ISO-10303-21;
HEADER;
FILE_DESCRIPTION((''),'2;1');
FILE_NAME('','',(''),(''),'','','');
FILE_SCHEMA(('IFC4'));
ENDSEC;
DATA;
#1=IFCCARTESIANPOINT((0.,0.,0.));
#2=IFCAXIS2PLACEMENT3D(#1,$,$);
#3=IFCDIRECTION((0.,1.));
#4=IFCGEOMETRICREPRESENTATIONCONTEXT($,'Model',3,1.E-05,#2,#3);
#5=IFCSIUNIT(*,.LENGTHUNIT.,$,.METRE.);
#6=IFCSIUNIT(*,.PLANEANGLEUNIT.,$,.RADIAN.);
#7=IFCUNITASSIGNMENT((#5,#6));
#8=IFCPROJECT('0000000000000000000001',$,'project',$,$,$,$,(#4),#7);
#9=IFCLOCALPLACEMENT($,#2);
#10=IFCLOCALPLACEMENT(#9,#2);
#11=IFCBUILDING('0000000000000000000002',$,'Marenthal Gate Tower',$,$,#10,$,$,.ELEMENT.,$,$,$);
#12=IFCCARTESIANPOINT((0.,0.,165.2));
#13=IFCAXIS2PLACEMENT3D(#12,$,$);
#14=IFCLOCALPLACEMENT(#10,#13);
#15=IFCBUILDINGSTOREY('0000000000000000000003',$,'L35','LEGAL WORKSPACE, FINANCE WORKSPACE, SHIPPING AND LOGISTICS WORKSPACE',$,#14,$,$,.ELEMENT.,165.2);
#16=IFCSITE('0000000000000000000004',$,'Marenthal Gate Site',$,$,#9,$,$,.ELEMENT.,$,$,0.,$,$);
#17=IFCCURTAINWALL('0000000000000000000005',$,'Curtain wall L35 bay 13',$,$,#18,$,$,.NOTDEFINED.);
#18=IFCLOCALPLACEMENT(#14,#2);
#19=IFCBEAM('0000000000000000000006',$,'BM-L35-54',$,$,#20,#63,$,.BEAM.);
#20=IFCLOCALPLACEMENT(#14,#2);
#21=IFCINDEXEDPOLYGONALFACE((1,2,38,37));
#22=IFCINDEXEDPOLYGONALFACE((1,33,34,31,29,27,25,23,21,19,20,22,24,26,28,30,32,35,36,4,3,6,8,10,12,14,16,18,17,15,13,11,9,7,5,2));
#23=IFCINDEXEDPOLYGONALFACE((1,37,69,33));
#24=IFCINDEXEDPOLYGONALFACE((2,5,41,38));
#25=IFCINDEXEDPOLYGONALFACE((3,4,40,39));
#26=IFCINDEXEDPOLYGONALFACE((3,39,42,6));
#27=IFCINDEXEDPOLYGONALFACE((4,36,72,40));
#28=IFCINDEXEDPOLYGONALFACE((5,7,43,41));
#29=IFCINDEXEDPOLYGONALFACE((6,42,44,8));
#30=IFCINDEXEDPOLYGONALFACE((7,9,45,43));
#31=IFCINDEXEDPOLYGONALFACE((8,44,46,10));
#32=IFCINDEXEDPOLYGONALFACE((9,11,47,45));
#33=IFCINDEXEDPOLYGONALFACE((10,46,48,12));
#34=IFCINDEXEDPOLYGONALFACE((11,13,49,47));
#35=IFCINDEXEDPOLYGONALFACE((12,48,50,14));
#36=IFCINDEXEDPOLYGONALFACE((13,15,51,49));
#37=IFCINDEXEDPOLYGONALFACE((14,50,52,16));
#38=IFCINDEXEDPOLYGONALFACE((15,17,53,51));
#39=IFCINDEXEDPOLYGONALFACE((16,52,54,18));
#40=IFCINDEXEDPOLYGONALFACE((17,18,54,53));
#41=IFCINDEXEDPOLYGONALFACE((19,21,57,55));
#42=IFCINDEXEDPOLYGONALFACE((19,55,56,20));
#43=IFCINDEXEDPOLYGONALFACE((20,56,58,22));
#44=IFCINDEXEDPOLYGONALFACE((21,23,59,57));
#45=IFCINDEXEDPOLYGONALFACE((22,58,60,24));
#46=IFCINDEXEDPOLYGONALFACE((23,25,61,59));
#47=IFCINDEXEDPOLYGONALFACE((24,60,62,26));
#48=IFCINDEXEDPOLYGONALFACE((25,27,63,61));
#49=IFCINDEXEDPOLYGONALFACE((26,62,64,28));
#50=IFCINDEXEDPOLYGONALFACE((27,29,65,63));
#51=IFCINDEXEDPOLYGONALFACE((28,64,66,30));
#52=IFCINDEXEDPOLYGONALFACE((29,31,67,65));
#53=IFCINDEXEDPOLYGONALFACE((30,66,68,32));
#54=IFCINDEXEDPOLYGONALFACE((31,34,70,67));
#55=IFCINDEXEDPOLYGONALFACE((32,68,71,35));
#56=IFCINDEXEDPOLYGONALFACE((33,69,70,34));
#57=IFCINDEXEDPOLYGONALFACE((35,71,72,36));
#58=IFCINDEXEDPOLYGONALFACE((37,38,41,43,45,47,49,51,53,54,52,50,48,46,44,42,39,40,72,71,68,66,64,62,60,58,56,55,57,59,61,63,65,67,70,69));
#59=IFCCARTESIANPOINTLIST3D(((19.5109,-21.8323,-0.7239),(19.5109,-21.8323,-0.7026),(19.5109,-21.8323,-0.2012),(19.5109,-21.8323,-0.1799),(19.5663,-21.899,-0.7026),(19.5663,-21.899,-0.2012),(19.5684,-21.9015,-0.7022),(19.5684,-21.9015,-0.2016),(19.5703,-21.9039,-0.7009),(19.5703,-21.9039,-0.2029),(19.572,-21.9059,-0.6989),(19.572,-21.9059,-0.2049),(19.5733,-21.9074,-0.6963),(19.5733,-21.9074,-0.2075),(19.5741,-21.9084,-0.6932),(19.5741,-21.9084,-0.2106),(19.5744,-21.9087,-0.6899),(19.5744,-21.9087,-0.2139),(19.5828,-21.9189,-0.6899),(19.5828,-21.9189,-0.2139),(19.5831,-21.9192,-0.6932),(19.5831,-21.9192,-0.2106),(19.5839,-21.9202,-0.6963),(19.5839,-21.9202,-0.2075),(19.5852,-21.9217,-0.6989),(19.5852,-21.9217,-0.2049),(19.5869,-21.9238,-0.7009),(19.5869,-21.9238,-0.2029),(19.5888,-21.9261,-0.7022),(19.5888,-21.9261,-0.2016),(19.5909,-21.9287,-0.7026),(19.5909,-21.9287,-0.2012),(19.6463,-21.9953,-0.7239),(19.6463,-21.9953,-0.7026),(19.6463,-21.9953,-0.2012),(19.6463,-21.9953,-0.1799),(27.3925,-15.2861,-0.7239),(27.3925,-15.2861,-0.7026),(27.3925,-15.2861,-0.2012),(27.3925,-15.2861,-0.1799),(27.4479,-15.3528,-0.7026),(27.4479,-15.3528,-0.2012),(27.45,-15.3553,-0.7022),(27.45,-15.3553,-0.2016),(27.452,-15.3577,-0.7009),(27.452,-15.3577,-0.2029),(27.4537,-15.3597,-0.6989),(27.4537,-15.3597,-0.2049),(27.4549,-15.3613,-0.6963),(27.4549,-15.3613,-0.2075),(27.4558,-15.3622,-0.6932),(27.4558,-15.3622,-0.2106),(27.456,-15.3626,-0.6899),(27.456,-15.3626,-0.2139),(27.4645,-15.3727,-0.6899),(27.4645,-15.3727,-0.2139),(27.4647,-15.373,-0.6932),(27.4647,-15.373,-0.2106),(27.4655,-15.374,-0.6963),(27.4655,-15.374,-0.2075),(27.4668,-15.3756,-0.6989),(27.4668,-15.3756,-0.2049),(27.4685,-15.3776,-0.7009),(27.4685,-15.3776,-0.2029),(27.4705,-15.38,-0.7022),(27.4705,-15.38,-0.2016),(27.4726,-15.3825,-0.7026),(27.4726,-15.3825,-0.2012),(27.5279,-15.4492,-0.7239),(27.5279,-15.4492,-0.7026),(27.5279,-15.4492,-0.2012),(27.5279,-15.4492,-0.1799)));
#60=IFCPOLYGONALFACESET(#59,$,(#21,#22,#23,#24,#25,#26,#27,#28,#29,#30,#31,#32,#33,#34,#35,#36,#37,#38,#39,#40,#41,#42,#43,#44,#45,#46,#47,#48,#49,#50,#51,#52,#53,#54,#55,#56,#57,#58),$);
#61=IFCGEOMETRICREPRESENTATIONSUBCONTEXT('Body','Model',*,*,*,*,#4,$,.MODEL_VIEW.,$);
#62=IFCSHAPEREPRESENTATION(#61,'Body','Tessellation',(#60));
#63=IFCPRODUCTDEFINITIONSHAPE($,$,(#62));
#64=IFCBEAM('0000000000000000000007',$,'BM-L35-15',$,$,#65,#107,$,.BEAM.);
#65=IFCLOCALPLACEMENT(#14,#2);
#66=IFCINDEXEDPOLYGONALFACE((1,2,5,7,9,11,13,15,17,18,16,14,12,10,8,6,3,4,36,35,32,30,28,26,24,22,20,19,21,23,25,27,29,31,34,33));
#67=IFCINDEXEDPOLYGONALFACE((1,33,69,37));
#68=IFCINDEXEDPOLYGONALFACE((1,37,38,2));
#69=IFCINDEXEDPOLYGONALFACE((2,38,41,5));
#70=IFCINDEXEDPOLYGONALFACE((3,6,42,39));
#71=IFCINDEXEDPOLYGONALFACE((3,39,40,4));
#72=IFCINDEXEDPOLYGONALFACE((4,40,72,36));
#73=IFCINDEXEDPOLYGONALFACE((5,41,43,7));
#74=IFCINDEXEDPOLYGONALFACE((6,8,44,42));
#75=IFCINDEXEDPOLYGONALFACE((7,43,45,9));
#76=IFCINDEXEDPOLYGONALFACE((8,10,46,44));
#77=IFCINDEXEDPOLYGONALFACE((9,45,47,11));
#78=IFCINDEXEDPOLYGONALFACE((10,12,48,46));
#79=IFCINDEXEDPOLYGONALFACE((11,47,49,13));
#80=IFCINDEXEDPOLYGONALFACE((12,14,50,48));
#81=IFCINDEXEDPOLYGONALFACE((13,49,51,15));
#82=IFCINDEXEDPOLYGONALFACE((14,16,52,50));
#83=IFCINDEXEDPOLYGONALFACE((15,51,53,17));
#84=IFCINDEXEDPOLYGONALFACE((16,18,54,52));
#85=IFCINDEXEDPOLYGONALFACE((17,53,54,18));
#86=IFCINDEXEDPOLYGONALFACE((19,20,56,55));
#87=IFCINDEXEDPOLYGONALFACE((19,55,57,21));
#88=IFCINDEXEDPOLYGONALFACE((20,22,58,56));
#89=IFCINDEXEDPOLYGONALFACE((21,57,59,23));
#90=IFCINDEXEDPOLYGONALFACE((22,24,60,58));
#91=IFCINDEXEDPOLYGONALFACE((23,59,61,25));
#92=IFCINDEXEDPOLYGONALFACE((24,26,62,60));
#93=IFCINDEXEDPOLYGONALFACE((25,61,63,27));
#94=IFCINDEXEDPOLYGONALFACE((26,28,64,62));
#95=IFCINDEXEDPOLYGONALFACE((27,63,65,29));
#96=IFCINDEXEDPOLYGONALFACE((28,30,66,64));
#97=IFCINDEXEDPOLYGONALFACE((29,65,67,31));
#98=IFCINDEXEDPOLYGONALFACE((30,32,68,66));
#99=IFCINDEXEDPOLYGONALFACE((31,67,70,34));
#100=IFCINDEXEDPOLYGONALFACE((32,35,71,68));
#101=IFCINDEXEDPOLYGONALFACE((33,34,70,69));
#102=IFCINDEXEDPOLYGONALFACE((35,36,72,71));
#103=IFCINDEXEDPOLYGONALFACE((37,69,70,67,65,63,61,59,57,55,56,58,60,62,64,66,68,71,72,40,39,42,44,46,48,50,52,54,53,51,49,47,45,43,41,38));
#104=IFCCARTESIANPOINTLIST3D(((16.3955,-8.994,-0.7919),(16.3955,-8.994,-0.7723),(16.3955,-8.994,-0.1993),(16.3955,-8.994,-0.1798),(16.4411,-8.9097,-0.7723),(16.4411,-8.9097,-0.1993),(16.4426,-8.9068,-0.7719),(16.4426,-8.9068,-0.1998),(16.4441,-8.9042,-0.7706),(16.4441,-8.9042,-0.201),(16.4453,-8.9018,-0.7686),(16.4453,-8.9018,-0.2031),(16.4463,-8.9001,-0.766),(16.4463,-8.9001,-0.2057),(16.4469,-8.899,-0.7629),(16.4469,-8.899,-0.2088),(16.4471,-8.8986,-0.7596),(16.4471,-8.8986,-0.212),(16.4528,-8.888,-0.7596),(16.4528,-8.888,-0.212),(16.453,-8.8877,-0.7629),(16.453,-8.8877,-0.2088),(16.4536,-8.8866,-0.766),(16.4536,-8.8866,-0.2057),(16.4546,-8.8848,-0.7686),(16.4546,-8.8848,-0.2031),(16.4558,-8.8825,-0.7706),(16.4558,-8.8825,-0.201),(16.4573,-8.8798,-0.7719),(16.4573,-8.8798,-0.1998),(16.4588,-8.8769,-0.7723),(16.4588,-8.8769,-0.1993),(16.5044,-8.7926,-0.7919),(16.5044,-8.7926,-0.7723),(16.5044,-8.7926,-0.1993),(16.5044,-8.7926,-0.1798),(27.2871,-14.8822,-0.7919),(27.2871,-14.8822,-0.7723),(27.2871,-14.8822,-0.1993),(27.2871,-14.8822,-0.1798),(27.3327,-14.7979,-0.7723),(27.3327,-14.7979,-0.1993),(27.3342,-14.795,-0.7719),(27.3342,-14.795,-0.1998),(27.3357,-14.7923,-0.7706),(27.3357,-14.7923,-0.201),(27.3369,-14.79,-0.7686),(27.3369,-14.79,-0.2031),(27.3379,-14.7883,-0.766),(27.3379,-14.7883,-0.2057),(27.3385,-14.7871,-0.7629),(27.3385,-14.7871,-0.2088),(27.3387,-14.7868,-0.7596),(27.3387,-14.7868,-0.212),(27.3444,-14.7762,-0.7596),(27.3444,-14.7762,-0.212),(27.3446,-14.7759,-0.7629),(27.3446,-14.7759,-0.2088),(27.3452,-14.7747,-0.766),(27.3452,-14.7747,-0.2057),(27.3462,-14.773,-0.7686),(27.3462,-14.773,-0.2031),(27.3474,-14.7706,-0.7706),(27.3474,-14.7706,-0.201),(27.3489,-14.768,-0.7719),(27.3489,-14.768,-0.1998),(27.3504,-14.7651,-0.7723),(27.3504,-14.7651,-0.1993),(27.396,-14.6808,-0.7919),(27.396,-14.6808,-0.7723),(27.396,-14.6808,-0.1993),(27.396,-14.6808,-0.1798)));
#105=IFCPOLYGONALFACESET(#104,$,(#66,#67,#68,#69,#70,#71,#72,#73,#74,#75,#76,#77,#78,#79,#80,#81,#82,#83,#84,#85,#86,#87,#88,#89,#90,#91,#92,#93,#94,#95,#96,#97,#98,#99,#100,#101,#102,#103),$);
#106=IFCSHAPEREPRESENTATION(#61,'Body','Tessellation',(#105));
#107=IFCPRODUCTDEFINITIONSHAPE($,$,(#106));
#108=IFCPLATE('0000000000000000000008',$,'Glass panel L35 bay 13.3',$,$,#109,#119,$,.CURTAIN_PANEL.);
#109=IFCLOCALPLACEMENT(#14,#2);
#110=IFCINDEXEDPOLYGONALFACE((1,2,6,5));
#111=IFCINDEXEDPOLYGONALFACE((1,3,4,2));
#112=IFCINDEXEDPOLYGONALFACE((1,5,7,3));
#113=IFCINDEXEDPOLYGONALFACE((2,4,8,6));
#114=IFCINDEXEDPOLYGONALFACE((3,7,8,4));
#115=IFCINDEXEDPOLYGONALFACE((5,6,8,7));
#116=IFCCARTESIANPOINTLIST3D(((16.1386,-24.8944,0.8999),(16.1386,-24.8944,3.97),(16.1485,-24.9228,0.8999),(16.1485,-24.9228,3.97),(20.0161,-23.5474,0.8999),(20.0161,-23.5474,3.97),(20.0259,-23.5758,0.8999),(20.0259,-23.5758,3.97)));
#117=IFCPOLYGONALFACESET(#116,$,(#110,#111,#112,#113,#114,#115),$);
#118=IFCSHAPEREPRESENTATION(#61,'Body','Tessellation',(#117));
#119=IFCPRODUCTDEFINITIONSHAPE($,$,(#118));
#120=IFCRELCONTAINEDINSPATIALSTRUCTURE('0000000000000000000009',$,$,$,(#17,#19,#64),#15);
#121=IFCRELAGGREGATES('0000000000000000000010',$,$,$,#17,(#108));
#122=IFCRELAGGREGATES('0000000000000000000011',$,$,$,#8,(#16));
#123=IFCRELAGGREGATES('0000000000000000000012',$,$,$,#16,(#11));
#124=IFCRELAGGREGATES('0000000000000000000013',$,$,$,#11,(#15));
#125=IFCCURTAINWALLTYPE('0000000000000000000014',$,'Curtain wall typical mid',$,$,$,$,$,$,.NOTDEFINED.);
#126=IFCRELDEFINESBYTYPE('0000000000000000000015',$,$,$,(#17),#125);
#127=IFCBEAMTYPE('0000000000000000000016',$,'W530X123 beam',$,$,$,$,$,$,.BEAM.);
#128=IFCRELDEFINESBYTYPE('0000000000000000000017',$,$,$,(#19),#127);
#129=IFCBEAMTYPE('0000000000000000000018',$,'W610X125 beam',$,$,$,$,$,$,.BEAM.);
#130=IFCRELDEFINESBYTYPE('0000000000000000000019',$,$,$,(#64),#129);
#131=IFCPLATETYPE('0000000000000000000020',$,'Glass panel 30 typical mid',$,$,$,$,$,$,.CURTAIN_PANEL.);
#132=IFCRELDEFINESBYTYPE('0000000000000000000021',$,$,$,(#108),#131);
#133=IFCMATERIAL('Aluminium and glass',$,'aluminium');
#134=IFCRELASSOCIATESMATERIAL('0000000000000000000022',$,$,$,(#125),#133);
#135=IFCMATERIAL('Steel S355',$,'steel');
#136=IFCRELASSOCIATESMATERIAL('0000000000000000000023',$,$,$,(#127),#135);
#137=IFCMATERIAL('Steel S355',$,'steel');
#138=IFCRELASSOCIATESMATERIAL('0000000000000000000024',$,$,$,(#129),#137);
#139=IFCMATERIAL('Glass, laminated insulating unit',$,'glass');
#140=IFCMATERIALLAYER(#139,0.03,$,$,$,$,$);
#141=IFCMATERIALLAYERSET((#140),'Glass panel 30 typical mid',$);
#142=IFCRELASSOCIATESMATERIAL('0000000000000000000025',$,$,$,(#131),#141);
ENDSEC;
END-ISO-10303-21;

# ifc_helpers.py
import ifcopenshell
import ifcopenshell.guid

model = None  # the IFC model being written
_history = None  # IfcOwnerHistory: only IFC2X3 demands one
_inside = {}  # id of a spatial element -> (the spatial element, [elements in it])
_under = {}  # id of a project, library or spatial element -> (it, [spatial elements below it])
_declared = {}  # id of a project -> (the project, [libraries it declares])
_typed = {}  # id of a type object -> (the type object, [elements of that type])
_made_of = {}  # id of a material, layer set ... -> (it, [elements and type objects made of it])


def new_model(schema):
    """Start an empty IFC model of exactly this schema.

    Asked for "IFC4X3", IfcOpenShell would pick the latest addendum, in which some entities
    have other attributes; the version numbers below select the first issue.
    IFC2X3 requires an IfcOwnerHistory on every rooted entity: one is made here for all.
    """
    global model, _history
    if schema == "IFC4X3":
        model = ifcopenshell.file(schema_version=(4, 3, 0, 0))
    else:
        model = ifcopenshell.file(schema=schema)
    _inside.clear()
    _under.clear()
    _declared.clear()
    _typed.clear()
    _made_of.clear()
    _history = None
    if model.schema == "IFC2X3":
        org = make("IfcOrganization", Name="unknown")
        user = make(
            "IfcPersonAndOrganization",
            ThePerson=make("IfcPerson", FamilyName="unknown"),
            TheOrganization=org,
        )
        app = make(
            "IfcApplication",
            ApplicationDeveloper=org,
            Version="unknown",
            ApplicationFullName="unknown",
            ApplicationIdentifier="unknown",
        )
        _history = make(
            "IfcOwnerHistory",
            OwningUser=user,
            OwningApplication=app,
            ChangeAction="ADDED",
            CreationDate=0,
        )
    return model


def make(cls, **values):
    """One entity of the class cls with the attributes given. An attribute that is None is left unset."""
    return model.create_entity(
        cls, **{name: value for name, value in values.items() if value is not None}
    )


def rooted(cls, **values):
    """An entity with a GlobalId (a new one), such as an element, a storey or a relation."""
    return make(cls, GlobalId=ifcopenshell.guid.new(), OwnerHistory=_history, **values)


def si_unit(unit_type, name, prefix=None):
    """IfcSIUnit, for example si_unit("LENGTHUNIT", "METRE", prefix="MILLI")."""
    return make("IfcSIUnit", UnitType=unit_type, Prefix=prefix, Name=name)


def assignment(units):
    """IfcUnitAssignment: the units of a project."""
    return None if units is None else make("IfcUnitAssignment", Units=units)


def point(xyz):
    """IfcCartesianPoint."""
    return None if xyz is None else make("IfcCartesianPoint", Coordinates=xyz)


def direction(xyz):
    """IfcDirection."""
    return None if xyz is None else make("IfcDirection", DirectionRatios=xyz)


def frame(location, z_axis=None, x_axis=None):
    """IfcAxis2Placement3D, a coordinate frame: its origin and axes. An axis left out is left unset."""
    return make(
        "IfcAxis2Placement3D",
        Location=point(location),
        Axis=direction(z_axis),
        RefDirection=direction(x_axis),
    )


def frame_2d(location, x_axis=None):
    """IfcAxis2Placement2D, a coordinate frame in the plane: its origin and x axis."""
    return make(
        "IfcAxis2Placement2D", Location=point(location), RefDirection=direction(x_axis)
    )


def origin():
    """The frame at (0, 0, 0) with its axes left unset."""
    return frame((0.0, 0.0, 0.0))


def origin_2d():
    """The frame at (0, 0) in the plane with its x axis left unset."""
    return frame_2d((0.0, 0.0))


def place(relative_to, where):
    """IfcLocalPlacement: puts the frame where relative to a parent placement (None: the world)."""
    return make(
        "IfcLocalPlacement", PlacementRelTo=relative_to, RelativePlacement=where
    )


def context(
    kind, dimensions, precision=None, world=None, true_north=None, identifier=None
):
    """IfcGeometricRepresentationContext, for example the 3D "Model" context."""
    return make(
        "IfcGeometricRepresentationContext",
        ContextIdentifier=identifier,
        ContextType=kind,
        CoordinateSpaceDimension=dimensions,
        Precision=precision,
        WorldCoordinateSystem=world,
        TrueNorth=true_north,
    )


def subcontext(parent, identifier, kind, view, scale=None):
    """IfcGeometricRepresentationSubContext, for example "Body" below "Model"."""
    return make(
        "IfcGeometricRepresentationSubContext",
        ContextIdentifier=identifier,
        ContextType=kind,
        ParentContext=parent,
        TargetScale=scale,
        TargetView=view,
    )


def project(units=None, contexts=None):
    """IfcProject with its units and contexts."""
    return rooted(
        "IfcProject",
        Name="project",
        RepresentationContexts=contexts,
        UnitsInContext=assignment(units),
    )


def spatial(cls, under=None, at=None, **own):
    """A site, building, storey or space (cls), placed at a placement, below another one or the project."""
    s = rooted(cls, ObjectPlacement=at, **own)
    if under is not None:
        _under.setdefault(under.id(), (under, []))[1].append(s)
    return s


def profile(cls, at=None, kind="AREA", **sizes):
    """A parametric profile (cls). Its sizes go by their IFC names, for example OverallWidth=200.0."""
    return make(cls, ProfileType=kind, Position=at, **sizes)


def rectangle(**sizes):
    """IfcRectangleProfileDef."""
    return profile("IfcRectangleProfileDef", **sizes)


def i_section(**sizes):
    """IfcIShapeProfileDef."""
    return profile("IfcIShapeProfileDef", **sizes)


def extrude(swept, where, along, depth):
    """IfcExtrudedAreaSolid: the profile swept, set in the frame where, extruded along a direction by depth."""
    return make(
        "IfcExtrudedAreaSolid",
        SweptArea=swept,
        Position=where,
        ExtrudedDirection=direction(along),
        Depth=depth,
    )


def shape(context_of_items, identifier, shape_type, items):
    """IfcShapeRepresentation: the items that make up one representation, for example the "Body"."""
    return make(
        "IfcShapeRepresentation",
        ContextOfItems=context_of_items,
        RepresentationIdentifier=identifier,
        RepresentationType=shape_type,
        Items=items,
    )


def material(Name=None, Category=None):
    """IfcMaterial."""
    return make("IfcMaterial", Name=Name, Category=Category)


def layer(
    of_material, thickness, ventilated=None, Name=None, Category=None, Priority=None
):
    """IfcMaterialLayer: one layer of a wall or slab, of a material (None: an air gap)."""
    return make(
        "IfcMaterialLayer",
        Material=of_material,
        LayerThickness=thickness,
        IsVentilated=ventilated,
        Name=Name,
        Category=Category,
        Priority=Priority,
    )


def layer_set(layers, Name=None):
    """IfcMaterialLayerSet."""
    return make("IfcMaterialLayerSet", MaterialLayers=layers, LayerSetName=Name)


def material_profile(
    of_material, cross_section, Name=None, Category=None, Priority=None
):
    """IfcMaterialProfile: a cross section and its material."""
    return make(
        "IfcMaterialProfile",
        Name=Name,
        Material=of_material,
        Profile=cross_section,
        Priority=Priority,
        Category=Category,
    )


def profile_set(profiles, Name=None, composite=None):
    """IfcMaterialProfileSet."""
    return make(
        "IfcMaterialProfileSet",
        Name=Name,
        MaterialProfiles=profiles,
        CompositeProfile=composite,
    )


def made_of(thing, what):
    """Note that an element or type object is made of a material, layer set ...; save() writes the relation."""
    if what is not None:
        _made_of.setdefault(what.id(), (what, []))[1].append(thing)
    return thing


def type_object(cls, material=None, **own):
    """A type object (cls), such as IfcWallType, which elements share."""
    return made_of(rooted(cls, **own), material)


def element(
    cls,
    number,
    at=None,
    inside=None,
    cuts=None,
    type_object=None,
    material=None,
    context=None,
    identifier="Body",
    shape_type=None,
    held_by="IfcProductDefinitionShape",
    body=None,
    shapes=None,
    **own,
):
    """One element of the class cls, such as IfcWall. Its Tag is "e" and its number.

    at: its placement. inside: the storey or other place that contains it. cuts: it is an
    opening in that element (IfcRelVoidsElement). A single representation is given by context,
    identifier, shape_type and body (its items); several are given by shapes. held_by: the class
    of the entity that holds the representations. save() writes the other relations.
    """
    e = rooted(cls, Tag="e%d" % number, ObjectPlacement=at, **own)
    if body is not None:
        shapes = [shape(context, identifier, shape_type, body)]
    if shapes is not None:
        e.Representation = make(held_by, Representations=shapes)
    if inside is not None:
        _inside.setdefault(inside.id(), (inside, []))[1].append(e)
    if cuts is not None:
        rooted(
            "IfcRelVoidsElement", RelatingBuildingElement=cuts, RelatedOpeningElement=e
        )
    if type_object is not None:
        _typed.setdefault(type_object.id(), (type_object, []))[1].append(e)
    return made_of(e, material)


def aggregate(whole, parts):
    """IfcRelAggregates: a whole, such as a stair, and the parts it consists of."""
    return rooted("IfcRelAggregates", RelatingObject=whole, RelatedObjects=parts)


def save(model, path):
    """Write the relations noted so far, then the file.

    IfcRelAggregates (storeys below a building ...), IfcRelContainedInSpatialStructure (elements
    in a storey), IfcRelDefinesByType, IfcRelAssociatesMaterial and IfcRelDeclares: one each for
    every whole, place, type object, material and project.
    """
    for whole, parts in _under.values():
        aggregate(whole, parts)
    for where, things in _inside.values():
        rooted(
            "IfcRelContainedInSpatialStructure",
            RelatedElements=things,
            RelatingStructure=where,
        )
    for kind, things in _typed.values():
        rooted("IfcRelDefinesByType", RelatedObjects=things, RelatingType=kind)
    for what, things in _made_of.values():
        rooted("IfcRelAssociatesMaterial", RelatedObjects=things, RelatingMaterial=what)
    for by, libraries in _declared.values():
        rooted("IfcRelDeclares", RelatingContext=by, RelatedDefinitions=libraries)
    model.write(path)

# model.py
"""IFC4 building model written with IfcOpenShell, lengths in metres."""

from ifc_helpers import new_model, si_unit, direction, frame, origin, origin_2d, place, context, subcontext, project, spatial, rectangle, i_section, extrude, material, layer, layer_set, material_profile, profile_set, type_object, element, aggregate, save


model = new_model("IFC4")

# Units and contexts
model_context = context("Model", 3, precision=1e-05, world=origin(), true_north=direction((0.0, 1.0)))
body_context = subcontext(model_context, "Body", "Model", "MODEL_VIEW")
ifc_project = project(units=[si_unit("LENGTHUNIT", "METRE"), si_unit("PLANEANGLEUNIT", "RADIAN")], contexts=[model_context])

# Site, building, storey
site_placement = place(None, origin())
site = spatial("IfcSite", under=ifc_project, at=site_placement, Name="Marenthal Gate Site", CompositionType="ELEMENT", RefElevation=0.0)
building_placement = place(site_placement, origin())
building = spatial("IfcBuilding", under=site, at=building_placement, Name="Marenthal Gate Tower", CompositionType="ELEMENT")
storey_placement = place(building_placement, frame((0.0, 0.0, 165.2)))
storey = spatial("IfcBuildingStorey", under=building, at=storey_placement, Name="L35", Description="LEGAL WORKSPACE, FINANCE WORKSPACE, SHIPPING AND LOGISTICS WORKSPACE", CompositionType="ELEMENT", Elevation=165.2)

# Curtain wall
ifc_material_1 = material(Name="Aluminium and glass", Category="aluminium")
curtain_wall_type = type_object("IfcCurtainWallType", Name="Curtain wall typical mid", PredefinedType="NOTDEFINED", material=ifc_material_1)
curtain_wall_1_placement = place(storey_placement, origin())
curtain_wall_1 = element("IfcCurtainWall", 1, at=curtain_wall_1_placement, inside=storey, type_object=curtain_wall_type, Name="Curtain wall L35 bay 13", PredefinedType="NOTDEFINED")

# Beams
ifc_material_2 = material(Name="Steel S355", Category="steel")
ifc_material_profile_1 = material_profile(ifc_material_2, i_section(OverallWidth=0.2119, OverallDepth=0.5439, WebThickness=0.0132, FlangeThickness=0.0212, FilletRadius=0.0127, at=origin_2d()), Name="W530X123")
ifc_profile_set_1 = profile_set([ifc_material_profile_1], Name="Steel S355")
beam_type_1 = type_object("IfcBeamType", Name="W530X123 beam", PredefinedType="BEAM", material=ifc_profile_set_1)
beam_1_placement = place(storey_placement, frame((19.5786, -21.9138, -0.4519), z_axis=(0.769269, 0.638925, 0.0), x_axis=(-0.638925, 0.769269, 0.0)))
element("IfcBeam", 2, at=beam_1_placement, inside=storey, type_object=beam_type_1, Name="BM-L35-54", PredefinedType="BEAM", context=body_context, shape_type="SweptSolid", body=[
    extrude(i_section(OverallWidth=0.2119, OverallDepth=0.5439, WebThickness=0.0132, FlangeThickness=0.0212, FilletRadius=0.0127, at=origin_2d()), origin(), (0.0, 0.0, 1.0), 10.2456),
])
ifc_material_3 = material(Name="Steel S355", Category="steel")
ifc_material_profile_2 = material_profile(ifc_material_3, i_section(OverallWidth=0.229, OverallDepth=0.6121, WebThickness=0.012, FlangeThickness=0.0195, FilletRadius=0.0127, at=origin_2d()), Name="W610X125")
ifc_profile_set_2 = profile_set([ifc_material_profile_2], Name="Steel S355")
beam_type_2 = type_object("IfcBeamType", Name="W610X125 beam", PredefinedType="BEAM", material=ifc_profile_set_2)
beam_2_placement = place(storey_placement, frame((27.3416, -14.7815, -0.4858), z_axis=(-0.879678, 0.475569, 0.0), x_axis=(-0.475569, -0.879678, 0.0)))
element("IfcBeam", 3, at=beam_2_placement, inside=storey, type_object=beam_type_2, Name="BM-L35-15", PredefinedType="BEAM", context=body_context, shape_type="SweptSolid", body=[
    extrude(i_section(OverallWidth=0.229, OverallDepth=0.6121, WebThickness=0.012, FlangeThickness=0.0195, FilletRadius=0.0127, at=origin_2d()), origin(), (0.0, 0.0, 1.0), 12.3813),
])

# Plate
ifc_material_4 = material(Name="Glass, laminated insulating unit", Category="glass")
ifc_layer_1 = layer(ifc_material_4, 0.03)
ifc_layer_set_1 = layer_set([ifc_layer_1], Name="Glass panel 30 typical mid")
plate_type = type_object("IfcPlateType", Name="Glass panel 30 typical mid", PredefinedType="CURTAIN_PANEL", material=ifc_layer_set_1)
plate_placement = place(storey_placement, frame((18.0823, -24.2351, 0.8999), z_axis=(0.0, 0.0, 1.0), x_axis=(0.944623, 0.328158, 0.0)))
plate = element("IfcPlate", 4, at=plate_placement, type_object=plate_type, Name="Glass panel L35 bay 13.3", PredefinedType="CURTAIN_PANEL", context=body_context, shape_type="SweptSolid", body=[
    extrude(rectangle(XDim=4.1047, YDim=0.03, at=origin_2d()), origin(), (0.0, 0.0, 1.0), 3.0701),
])
aggregate(curtain_wall_1, [plate])

save(model, "model.ifc")
